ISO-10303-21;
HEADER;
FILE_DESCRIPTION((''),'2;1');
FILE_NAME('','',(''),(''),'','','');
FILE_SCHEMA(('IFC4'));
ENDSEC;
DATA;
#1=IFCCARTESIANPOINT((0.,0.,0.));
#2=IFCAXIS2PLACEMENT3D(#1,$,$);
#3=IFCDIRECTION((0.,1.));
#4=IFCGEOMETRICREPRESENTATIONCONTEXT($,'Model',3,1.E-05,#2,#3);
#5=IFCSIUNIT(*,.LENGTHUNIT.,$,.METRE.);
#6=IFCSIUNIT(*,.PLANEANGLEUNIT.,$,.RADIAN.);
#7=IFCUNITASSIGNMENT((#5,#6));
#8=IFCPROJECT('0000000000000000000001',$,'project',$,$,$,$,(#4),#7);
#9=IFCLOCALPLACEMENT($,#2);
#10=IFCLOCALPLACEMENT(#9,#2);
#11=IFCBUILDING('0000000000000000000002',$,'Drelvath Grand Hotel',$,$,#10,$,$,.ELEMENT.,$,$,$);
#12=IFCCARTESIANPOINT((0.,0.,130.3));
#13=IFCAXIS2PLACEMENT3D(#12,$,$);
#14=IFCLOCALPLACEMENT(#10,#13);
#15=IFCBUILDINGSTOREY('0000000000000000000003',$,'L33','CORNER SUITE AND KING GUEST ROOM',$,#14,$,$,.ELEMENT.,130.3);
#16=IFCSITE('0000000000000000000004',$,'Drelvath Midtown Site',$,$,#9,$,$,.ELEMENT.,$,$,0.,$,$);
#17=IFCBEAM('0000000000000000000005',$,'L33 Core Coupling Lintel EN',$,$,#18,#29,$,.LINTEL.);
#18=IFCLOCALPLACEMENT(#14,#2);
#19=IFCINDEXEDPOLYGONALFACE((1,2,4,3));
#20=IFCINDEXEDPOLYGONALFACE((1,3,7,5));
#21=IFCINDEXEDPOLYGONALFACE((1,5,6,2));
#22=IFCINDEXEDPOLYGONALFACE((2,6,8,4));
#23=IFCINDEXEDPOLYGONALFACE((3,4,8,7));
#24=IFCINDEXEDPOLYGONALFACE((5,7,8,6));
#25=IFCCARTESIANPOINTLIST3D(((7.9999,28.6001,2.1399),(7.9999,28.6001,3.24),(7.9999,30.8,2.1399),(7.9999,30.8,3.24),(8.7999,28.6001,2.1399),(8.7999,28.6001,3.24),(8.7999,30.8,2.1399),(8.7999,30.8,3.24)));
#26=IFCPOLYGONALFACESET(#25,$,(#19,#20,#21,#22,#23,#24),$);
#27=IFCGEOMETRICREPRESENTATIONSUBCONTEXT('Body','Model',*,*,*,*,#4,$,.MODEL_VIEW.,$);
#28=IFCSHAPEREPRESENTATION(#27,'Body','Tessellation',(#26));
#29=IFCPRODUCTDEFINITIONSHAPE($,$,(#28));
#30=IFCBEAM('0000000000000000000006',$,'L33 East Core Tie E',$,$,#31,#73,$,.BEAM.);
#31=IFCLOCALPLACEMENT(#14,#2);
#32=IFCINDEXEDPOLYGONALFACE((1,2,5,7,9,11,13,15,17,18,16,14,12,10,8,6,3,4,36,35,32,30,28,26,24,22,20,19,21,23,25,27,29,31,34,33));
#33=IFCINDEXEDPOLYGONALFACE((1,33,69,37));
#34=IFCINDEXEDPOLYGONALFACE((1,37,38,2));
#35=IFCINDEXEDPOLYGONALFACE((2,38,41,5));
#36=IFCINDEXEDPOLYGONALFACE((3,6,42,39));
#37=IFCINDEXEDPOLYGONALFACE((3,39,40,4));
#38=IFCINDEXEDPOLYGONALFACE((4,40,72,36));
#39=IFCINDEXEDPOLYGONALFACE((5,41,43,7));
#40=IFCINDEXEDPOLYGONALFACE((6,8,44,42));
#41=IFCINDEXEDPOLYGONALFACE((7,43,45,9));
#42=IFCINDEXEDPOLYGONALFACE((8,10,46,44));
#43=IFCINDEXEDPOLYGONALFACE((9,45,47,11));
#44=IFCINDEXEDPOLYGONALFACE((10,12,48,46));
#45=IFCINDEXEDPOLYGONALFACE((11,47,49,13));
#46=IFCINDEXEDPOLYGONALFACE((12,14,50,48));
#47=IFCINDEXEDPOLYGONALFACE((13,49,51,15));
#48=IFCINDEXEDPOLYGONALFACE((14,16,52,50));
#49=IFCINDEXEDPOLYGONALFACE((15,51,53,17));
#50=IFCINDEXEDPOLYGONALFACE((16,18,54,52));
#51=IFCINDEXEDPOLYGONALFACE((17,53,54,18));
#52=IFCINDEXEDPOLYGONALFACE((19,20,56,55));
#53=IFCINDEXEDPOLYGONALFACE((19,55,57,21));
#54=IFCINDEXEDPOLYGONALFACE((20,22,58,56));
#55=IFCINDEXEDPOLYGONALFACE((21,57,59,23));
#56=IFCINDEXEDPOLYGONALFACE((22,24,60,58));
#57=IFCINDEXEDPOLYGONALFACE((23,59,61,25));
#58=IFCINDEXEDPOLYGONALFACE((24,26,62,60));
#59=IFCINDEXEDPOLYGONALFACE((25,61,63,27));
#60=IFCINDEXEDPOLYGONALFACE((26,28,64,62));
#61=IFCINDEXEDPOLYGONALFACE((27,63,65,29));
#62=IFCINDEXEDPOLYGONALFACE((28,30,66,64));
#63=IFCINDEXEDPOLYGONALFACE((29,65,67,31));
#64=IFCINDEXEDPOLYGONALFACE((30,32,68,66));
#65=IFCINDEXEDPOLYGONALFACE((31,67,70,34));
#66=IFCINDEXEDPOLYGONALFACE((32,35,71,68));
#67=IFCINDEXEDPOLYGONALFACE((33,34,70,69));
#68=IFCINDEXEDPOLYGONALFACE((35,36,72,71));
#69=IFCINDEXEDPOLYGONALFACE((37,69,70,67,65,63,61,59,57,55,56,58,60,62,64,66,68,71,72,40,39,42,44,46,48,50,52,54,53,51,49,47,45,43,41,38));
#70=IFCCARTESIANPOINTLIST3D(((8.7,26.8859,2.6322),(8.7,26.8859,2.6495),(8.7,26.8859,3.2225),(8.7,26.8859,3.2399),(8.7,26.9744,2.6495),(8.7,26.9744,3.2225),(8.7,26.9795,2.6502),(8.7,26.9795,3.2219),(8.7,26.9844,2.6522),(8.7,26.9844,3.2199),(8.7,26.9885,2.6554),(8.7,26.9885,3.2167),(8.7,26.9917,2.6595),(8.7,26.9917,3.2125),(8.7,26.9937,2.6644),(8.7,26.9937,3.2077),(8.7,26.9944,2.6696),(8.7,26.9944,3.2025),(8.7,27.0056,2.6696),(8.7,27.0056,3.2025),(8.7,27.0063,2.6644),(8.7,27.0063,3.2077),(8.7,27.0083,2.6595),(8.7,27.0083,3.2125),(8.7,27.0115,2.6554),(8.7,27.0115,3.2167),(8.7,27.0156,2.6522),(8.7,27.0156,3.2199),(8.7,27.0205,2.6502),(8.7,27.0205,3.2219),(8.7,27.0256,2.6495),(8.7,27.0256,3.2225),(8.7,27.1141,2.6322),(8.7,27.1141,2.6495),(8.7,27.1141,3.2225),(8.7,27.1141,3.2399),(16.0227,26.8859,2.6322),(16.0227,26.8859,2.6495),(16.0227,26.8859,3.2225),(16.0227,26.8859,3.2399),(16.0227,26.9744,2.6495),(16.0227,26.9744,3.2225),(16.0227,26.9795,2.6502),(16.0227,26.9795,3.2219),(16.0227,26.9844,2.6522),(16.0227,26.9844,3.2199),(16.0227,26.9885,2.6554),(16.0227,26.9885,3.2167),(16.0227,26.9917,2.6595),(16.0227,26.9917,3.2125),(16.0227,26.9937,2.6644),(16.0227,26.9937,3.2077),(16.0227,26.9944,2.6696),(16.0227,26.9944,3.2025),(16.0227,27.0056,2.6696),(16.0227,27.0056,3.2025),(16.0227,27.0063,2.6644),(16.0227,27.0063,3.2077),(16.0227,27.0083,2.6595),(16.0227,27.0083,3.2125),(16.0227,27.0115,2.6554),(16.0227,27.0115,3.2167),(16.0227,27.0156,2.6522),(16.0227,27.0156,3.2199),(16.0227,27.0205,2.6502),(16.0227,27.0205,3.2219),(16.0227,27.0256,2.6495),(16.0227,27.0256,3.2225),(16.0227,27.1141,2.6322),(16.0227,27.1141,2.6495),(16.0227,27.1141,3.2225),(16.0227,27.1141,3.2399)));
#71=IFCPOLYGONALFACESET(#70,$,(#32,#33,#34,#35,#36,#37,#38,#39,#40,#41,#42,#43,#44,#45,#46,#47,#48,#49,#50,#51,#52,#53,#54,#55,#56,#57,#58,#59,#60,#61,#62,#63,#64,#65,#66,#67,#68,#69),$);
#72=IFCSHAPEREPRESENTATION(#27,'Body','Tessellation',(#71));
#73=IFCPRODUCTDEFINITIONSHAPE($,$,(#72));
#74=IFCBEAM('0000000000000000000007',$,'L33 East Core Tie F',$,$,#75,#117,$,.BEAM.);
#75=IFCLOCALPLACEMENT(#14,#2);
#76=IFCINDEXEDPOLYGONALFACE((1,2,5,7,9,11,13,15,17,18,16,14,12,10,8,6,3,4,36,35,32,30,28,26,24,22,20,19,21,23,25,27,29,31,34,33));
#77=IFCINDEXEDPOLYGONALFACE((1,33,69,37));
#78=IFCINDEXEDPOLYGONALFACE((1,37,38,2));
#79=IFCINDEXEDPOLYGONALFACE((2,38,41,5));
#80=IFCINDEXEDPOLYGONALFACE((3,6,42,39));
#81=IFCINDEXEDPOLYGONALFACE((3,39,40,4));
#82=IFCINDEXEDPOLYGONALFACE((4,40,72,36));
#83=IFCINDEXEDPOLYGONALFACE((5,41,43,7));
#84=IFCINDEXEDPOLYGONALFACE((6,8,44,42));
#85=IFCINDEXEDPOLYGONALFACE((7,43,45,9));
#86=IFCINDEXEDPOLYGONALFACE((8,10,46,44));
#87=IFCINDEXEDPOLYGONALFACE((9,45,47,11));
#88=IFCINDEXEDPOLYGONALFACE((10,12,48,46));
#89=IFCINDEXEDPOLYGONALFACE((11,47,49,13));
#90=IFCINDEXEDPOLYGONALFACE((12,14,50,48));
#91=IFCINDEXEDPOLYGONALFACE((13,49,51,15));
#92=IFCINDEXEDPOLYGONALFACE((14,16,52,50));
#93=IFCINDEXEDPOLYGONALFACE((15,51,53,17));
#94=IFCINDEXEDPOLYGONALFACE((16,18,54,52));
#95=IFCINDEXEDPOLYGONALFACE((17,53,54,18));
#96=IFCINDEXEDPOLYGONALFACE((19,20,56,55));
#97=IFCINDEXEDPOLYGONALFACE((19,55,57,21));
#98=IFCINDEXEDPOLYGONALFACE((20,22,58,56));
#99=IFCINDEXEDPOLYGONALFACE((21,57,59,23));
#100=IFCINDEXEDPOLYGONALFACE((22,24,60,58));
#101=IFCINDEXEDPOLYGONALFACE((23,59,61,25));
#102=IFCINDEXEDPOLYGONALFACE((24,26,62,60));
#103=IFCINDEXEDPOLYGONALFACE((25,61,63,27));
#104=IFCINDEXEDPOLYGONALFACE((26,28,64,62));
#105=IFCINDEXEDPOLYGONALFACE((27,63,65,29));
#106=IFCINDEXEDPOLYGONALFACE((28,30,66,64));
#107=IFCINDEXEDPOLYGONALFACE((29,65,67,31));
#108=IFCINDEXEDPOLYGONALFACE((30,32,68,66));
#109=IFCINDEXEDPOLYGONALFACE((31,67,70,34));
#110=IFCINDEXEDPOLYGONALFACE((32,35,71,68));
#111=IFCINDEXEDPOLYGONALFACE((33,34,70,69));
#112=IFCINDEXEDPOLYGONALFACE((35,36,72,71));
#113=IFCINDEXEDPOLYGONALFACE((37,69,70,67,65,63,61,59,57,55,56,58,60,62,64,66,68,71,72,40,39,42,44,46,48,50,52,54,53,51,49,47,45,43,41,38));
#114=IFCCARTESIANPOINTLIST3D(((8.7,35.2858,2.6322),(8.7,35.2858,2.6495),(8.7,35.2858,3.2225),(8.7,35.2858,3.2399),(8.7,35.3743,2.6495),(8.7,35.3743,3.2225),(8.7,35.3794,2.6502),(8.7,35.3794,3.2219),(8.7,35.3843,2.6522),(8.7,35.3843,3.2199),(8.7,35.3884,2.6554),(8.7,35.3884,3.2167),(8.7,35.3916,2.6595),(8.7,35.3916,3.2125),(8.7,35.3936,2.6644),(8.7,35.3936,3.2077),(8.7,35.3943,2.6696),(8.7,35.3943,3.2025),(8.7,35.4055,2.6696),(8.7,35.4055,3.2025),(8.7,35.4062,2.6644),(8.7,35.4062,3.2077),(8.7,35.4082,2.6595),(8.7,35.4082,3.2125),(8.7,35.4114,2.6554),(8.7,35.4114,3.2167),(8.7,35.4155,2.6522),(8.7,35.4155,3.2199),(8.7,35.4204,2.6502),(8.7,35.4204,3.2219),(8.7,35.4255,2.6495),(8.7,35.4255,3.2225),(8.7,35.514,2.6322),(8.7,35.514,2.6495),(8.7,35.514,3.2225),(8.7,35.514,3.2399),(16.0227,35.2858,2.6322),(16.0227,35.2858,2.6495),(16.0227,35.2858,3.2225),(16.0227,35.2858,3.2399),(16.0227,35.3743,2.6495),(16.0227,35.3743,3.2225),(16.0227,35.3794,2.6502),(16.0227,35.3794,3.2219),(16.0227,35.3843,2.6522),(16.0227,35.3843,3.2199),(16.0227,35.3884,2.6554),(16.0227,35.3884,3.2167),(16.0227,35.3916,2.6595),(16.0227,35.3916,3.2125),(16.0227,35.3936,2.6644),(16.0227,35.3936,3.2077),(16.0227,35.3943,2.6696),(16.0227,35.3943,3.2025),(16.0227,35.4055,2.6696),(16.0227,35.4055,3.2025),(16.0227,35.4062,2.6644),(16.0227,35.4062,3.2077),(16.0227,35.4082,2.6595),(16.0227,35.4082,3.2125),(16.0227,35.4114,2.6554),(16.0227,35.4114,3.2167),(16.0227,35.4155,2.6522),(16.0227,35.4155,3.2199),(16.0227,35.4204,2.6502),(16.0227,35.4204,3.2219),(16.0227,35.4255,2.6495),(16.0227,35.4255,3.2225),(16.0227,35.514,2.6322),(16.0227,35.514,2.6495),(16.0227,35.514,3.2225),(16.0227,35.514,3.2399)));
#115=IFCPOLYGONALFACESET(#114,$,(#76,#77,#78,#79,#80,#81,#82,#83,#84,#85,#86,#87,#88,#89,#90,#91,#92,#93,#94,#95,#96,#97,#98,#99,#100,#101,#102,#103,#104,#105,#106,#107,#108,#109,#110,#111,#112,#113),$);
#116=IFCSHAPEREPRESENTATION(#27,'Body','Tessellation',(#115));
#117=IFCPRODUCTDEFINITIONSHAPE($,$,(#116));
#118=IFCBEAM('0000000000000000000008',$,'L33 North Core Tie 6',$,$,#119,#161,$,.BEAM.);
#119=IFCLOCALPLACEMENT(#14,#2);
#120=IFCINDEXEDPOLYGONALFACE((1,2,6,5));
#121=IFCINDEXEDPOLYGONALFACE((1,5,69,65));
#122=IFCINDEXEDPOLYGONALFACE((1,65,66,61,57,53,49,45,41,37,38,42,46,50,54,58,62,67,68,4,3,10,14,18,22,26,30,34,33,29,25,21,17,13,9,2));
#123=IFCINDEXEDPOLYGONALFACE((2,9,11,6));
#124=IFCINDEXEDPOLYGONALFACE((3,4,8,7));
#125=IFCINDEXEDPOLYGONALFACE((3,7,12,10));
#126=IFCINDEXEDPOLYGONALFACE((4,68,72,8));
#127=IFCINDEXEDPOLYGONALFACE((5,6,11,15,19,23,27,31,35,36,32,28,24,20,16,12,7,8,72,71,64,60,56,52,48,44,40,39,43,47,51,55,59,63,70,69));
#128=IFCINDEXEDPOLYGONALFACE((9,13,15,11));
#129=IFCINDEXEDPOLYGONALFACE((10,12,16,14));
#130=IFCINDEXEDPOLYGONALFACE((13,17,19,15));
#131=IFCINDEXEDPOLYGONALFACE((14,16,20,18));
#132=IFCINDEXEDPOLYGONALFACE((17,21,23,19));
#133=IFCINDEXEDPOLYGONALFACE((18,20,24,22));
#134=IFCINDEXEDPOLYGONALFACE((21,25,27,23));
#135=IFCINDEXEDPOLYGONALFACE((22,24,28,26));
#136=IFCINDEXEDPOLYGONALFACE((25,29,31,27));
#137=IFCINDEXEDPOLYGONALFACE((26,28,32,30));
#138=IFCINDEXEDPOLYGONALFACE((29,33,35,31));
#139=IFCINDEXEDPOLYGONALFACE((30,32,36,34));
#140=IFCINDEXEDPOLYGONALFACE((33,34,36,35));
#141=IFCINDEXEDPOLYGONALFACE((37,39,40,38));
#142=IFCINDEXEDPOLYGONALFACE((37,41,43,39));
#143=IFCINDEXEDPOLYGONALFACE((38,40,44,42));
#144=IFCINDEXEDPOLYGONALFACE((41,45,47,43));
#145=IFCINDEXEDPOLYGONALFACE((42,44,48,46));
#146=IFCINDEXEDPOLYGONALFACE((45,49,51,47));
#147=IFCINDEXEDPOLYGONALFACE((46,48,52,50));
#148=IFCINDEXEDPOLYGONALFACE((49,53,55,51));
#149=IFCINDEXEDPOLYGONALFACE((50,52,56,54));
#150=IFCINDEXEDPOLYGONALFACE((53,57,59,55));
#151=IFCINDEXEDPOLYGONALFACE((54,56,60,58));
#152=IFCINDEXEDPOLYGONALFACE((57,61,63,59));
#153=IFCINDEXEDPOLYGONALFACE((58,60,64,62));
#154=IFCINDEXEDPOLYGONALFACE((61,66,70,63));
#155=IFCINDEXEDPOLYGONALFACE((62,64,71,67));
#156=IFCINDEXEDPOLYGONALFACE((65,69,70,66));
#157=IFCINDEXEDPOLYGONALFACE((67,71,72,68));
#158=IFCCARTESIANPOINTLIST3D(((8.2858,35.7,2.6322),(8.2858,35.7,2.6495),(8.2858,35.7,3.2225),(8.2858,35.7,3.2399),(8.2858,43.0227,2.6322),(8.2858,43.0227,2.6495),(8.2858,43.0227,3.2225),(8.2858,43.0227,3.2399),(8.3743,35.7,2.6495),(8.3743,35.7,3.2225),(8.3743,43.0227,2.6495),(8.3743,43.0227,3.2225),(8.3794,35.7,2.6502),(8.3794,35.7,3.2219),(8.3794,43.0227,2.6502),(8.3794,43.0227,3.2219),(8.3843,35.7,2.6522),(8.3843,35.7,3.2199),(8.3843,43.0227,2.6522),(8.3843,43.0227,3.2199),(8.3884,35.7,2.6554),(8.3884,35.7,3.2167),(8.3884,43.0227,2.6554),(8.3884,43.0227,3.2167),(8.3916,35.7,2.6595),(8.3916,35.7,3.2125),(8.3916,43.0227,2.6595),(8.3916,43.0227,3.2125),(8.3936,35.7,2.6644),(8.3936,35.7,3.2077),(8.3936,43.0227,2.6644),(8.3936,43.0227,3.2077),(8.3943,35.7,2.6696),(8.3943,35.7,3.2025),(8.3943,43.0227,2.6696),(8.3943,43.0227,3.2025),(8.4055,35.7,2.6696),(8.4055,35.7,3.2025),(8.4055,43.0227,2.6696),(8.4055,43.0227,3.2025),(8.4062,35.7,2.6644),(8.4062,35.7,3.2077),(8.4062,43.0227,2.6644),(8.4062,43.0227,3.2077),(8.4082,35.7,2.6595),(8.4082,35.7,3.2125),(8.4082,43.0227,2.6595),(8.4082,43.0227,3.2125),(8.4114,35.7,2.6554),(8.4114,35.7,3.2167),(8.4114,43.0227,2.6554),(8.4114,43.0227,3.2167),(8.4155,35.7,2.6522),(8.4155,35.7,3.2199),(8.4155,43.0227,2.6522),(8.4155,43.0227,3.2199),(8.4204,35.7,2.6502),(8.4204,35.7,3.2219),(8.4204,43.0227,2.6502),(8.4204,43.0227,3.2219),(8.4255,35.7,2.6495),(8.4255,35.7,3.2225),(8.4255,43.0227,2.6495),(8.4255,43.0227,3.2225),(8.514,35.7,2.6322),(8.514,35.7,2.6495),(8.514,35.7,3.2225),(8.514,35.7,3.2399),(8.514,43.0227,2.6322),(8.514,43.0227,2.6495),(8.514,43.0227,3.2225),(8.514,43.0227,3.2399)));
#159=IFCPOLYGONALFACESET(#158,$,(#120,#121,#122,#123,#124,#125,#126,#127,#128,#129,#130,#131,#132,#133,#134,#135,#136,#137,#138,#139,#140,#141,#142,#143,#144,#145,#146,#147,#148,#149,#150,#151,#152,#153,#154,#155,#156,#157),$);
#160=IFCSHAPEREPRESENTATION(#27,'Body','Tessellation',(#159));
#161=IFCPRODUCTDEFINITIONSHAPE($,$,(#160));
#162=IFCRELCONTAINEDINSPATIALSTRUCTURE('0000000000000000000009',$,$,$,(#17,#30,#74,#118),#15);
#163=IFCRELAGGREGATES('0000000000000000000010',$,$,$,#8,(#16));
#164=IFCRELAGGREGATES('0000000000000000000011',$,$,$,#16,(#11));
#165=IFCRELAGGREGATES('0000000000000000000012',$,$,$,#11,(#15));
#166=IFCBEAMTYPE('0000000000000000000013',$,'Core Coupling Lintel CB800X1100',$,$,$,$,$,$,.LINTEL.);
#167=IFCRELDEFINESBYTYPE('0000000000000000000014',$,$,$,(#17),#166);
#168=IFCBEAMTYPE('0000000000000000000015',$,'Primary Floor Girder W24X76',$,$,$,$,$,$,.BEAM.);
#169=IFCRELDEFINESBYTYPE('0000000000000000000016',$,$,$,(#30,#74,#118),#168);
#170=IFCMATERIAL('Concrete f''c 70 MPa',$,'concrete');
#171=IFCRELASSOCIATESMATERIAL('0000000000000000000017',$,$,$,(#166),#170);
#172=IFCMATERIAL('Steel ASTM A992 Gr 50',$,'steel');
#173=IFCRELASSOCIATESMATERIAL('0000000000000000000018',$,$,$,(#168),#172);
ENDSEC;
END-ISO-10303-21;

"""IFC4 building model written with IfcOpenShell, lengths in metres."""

from ifc_helpers import new_model, si_unit, direction, frame, origin, origin_2d, place, context, subcontext, project, spatial, rectangle, i_section, extrude, material, material_profile, profile_set, type_object, element, save


model = new_model("IFC4")

# Units and contexts
model_context = context("Model", 3, precision=1e-05, world=origin(), true_north=direction((0.0, 1.0)))
body_context = subcontext(model_context, "Body", "Model", "MODEL_VIEW")
ifc_project = project(units=[si_unit("LENGTHUNIT", "METRE"), si_unit("PLANEANGLEUNIT", "RADIAN")], contexts=[model_context])

# Site, building, storey
site_placement = place(None, origin())
site = spatial("IfcSite", under=ifc_project, at=site_placement, Name="Drelvath Midtown Site", CompositionType="ELEMENT", RefElevation=0.0)
building_placement = place(site_placement, origin())
building = spatial("IfcBuilding", under=site, at=building_placement, Name="Drelvath Grand Hotel", CompositionType="ELEMENT")
storey_placement = place(building_placement, frame((0.0, 0.0, 130.3)))
storey = spatial("IfcBuildingStorey", under=building, at=storey_placement, Name="L33", Description="CORNER SUITE AND KING GUEST ROOM", CompositionType="ELEMENT", Elevation=130.3)

# Beams
ifc_material_1 = material(Name="Concrete f'c 70 MPa", Category="concrete")
ifc_material_profile_1 = material_profile(ifc_material_1, rectangle(XDim=0.8, YDim=1.1001, at=origin_2d()), Name="CB800X1100")
ifc_profile_set_1 = profile_set([ifc_material_profile_1], Name="Concrete f'c 70 MPa")
beam_type_1 = type_object("IfcBeamType", Name="Core Coupling Lintel CB800X1100", PredefinedType="LINTEL", material=ifc_profile_set_1)
beam_placement = place(storey_placement, frame((8.3999, 28.6001, 2.6899), z_axis=(0.0, 1.0, 0.0), x_axis=(-1.0, 0.0, 0.0)))
element("IfcBeam", 1, at=beam_placement, inside=storey, type_object=beam_type_1, Name="L33 Core Coupling Lintel EN", PredefinedType="LINTEL", context=body_context, shape_type="SweptSolid", body=[
    extrude(rectangle(XDim=0.8, YDim=1.1001, at=origin_2d()), origin(), (0.0, 0.0, 1.0), 2.2),
])
ifc_material_2 = material(Name="Steel ASTM A992 Gr 50", Category="steel")
ifc_material_profile_2 = material_profile(ifc_material_2, i_section(OverallWidth=0.2283, OverallDepth=0.6077, WebThickness=0.0112, FlangeThickness=0.0173, FilletRadius=0.02, at=origin_2d()), Name="W24X76")
ifc_profile_set_2 = profile_set([ifc_material_profile_2], Name="Steel ASTM A992 Gr 50")
beam_type_2 = type_object("IfcBeamType", Name="Primary Floor Girder W24X76", PredefinedType="BEAM", material=ifc_profile_set_2)
for number, where, z_axis, x_axis, name in (
    (2, (8.7, 27.0, 2.936), (1.0, 0.0, 0.0), (0.0, 1.0, 0.0), "L33 East Core Tie E"),
    (3, (8.7, 35.3999, 2.936), (1.0, 0.0, 0.0), (0.0, 1.0, 0.0), "L33 East Core Tie F"),
    (4, (8.3999, 35.7, 2.936), (0.0, 1.0, 0.0), (-1.0, 0.0, 0.0), "L33 North Core Tie 6"),
):
    element("IfcBeam", number, at=place(storey_placement, frame(where, z_axis=z_axis, x_axis=x_axis)), inside=storey, type_object=beam_type_2, Name=name, PredefinedType="BEAM", context=body_context, shape_type="SweptSolid", body=[
        extrude(i_section(OverallWidth=0.2283, OverallDepth=0.6077, WebThickness=0.0112, FlangeThickness=0.0173, FilletRadius=0.02, at=origin_2d()), origin(), (0.0, 0.0, 1.0), 7.3228),
    ])

save(model, "model.ifc")
